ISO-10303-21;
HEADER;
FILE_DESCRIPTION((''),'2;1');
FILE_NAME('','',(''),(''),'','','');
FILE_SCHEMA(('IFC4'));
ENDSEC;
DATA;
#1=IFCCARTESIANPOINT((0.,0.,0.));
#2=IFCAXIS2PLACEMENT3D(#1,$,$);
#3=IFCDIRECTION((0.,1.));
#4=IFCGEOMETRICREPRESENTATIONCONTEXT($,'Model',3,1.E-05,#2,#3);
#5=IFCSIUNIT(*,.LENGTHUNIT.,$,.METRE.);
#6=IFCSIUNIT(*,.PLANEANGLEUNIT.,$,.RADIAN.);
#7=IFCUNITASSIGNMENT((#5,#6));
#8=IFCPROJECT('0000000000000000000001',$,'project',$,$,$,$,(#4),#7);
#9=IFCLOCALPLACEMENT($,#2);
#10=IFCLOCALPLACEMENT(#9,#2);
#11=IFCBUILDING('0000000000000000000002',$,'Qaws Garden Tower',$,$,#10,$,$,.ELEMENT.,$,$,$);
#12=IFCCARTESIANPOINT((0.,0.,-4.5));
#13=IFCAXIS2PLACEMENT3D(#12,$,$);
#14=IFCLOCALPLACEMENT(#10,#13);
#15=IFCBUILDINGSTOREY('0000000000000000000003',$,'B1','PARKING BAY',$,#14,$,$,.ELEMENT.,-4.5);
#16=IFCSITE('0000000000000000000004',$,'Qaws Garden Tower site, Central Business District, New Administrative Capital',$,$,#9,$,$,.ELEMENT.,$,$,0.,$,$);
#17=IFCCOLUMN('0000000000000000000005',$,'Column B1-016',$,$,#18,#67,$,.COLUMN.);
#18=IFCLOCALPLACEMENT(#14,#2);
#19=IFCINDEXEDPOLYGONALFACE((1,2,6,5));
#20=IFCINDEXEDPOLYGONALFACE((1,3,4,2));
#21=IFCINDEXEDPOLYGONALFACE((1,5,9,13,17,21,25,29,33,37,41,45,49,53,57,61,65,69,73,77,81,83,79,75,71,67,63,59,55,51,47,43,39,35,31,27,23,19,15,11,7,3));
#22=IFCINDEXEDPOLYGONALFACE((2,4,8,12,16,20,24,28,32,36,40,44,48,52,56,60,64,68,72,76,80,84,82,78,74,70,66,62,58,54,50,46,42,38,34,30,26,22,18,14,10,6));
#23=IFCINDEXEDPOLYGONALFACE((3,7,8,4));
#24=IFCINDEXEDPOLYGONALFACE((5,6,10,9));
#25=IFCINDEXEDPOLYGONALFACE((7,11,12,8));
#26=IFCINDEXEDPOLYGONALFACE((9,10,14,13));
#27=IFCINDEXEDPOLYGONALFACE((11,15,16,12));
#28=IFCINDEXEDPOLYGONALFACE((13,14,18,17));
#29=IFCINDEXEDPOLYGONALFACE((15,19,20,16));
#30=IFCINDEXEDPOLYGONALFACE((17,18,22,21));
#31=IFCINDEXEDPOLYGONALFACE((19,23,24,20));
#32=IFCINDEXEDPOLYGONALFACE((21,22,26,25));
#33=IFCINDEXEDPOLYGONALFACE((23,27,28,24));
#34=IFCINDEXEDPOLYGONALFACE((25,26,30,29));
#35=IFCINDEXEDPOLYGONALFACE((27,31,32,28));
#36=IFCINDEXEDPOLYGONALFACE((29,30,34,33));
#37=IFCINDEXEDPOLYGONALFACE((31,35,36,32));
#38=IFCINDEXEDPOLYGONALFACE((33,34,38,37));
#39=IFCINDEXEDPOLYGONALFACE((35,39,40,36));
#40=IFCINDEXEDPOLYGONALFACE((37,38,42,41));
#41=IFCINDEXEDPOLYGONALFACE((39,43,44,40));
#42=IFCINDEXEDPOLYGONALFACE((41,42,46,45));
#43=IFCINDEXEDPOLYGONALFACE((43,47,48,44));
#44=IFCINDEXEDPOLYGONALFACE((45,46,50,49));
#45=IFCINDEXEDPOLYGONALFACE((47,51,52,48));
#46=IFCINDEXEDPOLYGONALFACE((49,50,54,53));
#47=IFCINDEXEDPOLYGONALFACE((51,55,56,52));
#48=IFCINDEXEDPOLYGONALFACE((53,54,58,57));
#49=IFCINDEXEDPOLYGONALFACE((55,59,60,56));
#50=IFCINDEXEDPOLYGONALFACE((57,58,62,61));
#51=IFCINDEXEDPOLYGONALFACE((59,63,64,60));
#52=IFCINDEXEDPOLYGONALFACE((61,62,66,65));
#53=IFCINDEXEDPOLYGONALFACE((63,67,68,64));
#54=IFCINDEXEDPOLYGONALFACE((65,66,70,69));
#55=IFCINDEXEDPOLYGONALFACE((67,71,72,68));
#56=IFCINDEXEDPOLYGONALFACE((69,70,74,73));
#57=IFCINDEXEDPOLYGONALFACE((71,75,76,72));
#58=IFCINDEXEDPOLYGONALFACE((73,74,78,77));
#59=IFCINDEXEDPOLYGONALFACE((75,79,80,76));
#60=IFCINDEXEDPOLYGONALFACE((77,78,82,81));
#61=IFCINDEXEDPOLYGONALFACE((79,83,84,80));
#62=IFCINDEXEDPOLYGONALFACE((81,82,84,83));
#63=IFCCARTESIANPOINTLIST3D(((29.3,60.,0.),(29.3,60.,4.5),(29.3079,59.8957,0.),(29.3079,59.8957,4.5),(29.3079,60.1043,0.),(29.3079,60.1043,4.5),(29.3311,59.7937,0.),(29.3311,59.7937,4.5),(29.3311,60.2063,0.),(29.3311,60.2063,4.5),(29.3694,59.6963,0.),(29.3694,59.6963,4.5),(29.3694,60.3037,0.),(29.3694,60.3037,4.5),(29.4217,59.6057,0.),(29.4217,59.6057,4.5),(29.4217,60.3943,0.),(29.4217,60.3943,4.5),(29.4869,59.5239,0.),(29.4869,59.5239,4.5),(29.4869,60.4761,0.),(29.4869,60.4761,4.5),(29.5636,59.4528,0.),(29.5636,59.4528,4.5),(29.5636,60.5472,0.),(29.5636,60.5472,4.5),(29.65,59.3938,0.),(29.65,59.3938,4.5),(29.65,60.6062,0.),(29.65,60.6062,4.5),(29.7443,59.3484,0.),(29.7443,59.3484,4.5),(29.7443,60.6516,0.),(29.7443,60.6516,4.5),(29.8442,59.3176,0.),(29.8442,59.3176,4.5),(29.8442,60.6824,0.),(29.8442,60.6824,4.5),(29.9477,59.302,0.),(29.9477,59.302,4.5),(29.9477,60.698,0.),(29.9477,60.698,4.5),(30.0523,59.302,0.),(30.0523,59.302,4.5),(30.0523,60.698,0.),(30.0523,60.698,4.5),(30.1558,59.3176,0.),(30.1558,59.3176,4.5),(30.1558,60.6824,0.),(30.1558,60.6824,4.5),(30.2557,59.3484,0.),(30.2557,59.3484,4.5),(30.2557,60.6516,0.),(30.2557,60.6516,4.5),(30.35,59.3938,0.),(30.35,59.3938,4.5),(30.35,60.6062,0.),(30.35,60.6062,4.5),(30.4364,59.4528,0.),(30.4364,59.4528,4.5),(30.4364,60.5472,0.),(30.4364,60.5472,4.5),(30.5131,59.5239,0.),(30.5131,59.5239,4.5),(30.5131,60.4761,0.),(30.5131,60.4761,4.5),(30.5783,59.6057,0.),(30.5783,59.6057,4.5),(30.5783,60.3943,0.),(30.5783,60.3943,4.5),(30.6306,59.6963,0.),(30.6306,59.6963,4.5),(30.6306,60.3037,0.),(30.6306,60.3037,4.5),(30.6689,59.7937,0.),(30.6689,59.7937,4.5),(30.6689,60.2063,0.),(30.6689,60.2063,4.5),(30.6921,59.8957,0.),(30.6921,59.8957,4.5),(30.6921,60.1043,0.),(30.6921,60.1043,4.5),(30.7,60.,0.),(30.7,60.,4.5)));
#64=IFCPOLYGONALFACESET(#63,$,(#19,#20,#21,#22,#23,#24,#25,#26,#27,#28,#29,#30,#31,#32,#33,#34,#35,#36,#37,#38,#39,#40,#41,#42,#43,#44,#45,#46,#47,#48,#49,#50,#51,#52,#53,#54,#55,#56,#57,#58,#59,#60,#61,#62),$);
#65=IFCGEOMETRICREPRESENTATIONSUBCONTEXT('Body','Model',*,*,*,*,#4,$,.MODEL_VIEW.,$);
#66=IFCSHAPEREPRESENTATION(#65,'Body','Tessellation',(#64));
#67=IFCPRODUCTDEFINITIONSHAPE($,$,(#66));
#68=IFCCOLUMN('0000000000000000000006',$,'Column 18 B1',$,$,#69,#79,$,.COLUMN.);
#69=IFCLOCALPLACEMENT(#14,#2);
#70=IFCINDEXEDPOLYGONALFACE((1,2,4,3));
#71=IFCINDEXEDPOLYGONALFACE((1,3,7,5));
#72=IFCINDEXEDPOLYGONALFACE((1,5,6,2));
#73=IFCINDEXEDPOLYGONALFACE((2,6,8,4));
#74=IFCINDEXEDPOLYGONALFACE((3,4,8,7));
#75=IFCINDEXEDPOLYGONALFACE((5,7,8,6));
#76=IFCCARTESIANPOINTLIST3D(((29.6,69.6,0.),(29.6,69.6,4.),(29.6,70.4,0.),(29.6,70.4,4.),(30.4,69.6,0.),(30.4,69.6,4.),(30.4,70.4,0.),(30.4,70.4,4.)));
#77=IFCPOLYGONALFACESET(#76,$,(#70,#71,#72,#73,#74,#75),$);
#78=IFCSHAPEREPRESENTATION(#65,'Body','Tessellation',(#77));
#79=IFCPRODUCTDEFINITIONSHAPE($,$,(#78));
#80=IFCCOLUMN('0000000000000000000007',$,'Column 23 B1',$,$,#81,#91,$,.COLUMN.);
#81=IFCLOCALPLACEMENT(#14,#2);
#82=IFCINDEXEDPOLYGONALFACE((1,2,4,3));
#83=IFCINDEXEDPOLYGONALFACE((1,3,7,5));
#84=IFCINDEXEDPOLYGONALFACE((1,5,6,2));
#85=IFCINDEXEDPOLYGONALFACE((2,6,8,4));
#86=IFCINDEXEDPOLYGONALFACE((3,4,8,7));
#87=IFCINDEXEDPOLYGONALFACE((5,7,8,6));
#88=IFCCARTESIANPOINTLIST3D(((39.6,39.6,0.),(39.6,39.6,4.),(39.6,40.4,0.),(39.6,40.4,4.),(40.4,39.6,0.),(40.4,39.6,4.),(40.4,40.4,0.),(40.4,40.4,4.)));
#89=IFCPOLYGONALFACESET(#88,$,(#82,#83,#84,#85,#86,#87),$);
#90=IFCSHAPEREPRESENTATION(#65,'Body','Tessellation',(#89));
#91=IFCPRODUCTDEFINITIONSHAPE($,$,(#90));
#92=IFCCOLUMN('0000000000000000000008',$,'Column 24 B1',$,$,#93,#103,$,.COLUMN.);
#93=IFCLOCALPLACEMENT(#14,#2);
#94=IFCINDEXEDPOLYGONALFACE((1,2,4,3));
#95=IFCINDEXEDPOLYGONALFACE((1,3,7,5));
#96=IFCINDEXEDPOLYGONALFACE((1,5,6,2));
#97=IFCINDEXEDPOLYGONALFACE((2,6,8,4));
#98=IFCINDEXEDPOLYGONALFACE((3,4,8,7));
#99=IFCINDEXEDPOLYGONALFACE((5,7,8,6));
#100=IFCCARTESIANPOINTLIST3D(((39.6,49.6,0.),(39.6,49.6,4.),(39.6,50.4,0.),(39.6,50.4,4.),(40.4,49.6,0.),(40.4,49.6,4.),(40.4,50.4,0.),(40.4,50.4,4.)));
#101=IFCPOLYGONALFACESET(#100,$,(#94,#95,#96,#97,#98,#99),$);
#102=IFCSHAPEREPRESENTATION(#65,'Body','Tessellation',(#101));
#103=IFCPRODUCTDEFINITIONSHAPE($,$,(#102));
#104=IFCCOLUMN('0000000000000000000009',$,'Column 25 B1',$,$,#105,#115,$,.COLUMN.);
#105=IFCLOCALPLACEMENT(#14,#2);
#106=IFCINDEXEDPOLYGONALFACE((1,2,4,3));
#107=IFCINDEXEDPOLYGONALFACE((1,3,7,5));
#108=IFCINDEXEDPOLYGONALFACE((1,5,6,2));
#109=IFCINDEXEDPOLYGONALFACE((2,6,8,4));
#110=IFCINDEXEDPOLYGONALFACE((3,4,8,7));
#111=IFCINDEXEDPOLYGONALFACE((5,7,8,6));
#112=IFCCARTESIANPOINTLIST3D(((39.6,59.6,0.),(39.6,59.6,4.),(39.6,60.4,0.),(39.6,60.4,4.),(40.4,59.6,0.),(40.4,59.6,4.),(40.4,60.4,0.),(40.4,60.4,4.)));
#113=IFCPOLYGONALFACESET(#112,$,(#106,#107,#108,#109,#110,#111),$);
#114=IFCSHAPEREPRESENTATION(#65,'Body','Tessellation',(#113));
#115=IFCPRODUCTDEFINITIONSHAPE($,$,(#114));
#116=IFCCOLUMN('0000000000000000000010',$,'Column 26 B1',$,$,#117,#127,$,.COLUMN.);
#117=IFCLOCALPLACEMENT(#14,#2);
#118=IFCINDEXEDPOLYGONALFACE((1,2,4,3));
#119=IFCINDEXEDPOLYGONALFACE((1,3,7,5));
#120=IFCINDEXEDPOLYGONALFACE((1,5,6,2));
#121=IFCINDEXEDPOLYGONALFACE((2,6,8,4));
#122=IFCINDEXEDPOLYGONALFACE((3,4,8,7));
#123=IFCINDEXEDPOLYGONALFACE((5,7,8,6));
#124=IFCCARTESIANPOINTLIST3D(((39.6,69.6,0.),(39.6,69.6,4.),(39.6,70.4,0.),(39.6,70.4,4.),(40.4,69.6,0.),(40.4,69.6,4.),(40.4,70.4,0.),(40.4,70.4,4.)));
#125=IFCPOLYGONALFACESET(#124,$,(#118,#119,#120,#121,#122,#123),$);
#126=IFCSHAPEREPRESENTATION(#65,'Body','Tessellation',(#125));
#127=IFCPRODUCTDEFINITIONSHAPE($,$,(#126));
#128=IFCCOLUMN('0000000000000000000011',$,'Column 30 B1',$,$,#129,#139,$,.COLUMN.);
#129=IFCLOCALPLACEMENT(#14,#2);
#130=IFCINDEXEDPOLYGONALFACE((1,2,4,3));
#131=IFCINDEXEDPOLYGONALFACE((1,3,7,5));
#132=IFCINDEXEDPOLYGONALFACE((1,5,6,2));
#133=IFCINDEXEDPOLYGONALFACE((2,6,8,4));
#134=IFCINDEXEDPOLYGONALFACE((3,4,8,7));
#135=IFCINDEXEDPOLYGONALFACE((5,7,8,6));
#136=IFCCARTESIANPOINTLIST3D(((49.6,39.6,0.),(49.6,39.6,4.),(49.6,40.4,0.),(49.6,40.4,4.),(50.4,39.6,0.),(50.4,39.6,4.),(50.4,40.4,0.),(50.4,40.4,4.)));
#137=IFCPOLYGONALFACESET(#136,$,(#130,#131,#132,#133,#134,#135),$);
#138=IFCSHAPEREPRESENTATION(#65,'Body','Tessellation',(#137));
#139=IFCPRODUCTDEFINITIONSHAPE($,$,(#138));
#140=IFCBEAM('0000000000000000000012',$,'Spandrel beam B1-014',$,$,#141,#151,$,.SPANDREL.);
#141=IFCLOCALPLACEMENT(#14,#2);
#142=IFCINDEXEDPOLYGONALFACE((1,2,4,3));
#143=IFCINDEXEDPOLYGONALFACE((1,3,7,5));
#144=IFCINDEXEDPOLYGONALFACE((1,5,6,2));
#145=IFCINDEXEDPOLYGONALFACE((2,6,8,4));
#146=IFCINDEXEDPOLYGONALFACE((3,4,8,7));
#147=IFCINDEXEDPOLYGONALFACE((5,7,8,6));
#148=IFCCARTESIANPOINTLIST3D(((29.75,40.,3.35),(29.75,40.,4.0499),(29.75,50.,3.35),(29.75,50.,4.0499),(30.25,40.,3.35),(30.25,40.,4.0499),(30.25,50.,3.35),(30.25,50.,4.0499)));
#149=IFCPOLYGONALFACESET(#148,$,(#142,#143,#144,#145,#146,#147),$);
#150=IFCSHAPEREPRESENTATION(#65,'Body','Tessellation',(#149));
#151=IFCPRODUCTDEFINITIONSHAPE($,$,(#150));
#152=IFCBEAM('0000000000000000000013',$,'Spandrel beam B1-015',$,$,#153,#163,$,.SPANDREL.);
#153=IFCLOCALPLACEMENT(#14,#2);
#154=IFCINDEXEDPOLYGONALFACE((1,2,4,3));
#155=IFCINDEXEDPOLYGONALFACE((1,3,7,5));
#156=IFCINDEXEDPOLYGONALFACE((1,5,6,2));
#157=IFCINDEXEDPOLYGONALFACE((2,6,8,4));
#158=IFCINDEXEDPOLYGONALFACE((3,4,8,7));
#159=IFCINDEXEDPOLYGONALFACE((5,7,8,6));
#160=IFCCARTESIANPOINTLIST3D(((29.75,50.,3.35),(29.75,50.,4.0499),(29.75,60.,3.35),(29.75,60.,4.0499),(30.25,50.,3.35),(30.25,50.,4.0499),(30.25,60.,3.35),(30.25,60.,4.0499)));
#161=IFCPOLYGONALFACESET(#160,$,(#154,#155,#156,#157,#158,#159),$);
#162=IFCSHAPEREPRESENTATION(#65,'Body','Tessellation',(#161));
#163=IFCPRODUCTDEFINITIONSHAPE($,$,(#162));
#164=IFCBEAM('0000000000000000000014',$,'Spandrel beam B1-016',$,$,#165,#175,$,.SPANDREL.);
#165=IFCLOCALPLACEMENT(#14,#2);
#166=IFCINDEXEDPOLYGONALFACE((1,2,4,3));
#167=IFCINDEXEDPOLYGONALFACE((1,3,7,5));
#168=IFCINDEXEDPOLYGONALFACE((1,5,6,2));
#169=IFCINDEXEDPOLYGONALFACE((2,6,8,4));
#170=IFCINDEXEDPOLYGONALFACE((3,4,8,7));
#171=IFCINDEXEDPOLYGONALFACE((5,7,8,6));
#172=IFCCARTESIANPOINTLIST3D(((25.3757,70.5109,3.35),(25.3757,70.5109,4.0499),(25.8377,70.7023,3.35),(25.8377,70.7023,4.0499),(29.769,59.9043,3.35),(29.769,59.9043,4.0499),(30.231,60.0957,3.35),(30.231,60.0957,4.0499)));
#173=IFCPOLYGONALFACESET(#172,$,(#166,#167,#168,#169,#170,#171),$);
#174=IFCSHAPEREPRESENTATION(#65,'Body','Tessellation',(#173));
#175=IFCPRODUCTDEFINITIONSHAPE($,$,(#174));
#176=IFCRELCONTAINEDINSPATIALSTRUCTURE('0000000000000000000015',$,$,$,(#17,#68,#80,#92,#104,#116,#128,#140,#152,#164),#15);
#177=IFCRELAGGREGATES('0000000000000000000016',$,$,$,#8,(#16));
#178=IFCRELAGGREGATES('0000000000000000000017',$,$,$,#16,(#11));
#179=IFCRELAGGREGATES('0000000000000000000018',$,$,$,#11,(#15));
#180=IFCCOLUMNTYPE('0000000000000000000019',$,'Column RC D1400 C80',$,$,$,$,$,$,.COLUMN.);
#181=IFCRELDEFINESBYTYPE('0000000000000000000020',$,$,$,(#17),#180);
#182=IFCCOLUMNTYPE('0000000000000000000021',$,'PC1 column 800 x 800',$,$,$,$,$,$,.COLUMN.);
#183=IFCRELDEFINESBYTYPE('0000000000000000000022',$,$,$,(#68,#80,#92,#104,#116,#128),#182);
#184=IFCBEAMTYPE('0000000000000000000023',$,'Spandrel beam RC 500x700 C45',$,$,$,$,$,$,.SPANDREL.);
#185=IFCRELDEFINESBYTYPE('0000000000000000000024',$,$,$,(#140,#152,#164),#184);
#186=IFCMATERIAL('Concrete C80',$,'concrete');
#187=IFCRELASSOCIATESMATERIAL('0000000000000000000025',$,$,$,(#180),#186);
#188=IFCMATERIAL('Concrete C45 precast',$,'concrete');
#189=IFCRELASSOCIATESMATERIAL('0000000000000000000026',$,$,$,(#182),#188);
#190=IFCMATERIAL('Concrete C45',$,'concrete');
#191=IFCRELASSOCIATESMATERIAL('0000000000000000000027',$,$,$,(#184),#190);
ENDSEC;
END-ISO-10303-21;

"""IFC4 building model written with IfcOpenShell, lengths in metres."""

from ifc_helpers import new_model, si_unit, direction, frame, origin, origin_2d, place, context, subcontext, project, spatial, rectangle, circle, extrude, material, material_profile, profile_set, type_object, element, save


model = new_model("IFC4")

# Units and contexts
model_context = context("Model", 3, precision=1e-05, world=origin(), true_north=direction((0.0, 1.0)))
body_context = subcontext(model_context, "Body", "Model", "MODEL_VIEW")
ifc_project = project(units=[si_unit("LENGTHUNIT", "METRE"), si_unit("PLANEANGLEUNIT", "RADIAN")], contexts=[model_context])

# Site, building, storey
site_placement = place(None, origin())
site = spatial("IfcSite", under=ifc_project, at=site_placement, Name="Qaws Garden Tower site, Central Business District, New Administrative Capital", CompositionType="ELEMENT", RefElevation=0.0)
building_placement = place(site_placement, origin())
building = spatial("IfcBuilding", under=site, at=building_placement, Name="Qaws Garden Tower", CompositionType="ELEMENT")
storey_placement = place(building_placement, frame((0.0, 0.0, -4.5)))
storey = spatial("IfcBuildingStorey", under=building, at=storey_placement, Name="B1", Description="PARKING BAY", CompositionType="ELEMENT", Elevation=-4.5)

# Columns
ifc_material_1 = material(Name="Concrete C80", Category="concrete")
ifc_material_profile_1 = material_profile(ifc_material_1, circle(Radius=0.7, at=origin_2d()), Name="RC D1400")
ifc_profile_set_1 = profile_set([ifc_material_profile_1], Name="Concrete C80")
column_type_1 = type_object("IfcColumnType", Name="Column RC D1400 C80", PredefinedType="COLUMN", material=ifc_profile_set_1)
for number, where, z_axis, x_axis, name in (
    (1, (30.0, 60.0, 0.0), (0.0, 0.0, 1.0), (1.0, 0.0, 0.0), "Column B1-016"),
):
    element("IfcColumn", number, at=place(storey_placement, frame(where, z_axis=z_axis, x_axis=x_axis)), inside=storey, type_object=column_type_1, Name=name, PredefinedType="COLUMN", context=body_context, shape_type="SweptSolid", body=[
        extrude(circle(Radius=0.7, at=origin_2d()), origin(), (0.0, 0.0, 1.0), 4.5),
    ])
ifc_material_2 = material(Name="Concrete C45 precast", Category="concrete")
ifc_material_profile_2 = material_profile(ifc_material_2, rectangle(XDim=0.8, YDim=0.8, at=origin_2d()), Name="PC1 column 800 x 800")
ifc_profile_set_2 = profile_set([ifc_material_profile_2], Name="Concrete C45 precast")
column_type_2 = type_object("IfcColumnType", Name="PC1 column 800 x 800", PredefinedType="COLUMN", material=ifc_profile_set_2)
for number, where, z_axis, x_axis, name in (
    (2, (30.0, 70.0, 0.0), (0.0, 0.0, 1.0), (1.0, 0.0, 0.0), "Column 18 B1"),
    (3, (40.0, 40.0, 0.0), (0.0, 0.0, 1.0), (1.0, 0.0, 0.0), "Column 23 B1"),
    (4, (40.0, 50.0, 0.0), (0.0, 0.0, 1.0), (1.0, 0.0, 0.0), "Column 24 B1"),
    (5, (40.0, 60.0, 0.0), (0.0, 0.0, 1.0), (1.0, 0.0, 0.0), "Column 25 B1"),
    (6, (40.0, 70.0, 0.0), (0.0, 0.0, 1.0), (1.0, 0.0, 0.0), "Column 26 B1"),
    (7, (50.0, 40.0, 0.0), (0.0, 0.0, 1.0), (1.0, 0.0, 0.0), "Column 30 B1"),
):
    element("IfcColumn", number, at=place(storey_placement, frame(where, z_axis=z_axis, x_axis=x_axis)), inside=storey, type_object=column_type_2, Name=name, PredefinedType="COLUMN", context=body_context, shape_type="SweptSolid", body=[
        extrude(rectangle(XDim=0.8, YDim=0.8, at=origin_2d()), origin(), (0.0, 0.0, 1.0), 4.0),
    ])

# Beams
ifc_material_3 = material(Name="Concrete C45", Category="concrete")
ifc_material_profile_3 = material_profile(ifc_material_3, rectangle(XDim=0.5, YDim=0.7, at=origin_2d()), Name="RC 500x700")
ifc_profile_set_3 = profile_set([ifc_material_profile_3], Name="Concrete C45")
beam_type = type_object("IfcBeamType", Name="Spandrel beam RC 500x700 C45", PredefinedType="SPANDREL", material=ifc_profile_set_3)
for number, where, z_axis, x_axis, name in (
    (8, (30.0, 40.0, 3.7), (0.0, 1.0, 0.0), (-1.0, 0.0, 0.0), "Spandrel beam B1-014"),
    (9, (30.0, 50.0, 3.7), (0.0, 1.0, 0.0), (-1.0, 0.0, 0.0), "Spandrel beam B1-015"),
):
    element("IfcBeam", number, at=place(storey_placement, frame(where, z_axis=z_axis, x_axis=x_axis)), inside=storey, type_object=beam_type, Name=name, PredefinedType="SPANDREL", context=body_context, shape_type="SweptSolid", body=[
        extrude(rectangle(XDim=0.5, YDim=0.7, at=origin_2d()), origin(), (0.0, 0.0, 1.0), 10.0),
    ])
beam_placement = place(storey_placement, frame((30.0, 60.0, 3.7), z_axis=(-0.382674, 0.923883, 0.0), x_axis=(-0.923883, -0.382674, 0.0)))
element("IfcBeam", 10, at=beam_placement, inside=storey, type_object=beam_type, Name="Spandrel beam B1-016", PredefinedType="SPANDREL", context=body_context, shape_type="SweptSolid", body=[
    extrude(rectangle(XDim=0.5, YDim=0.7, at=origin_2d()), origin(), (0.0, 0.0, 1.0), 11.4805),
])

save(model, "model.ifc")
